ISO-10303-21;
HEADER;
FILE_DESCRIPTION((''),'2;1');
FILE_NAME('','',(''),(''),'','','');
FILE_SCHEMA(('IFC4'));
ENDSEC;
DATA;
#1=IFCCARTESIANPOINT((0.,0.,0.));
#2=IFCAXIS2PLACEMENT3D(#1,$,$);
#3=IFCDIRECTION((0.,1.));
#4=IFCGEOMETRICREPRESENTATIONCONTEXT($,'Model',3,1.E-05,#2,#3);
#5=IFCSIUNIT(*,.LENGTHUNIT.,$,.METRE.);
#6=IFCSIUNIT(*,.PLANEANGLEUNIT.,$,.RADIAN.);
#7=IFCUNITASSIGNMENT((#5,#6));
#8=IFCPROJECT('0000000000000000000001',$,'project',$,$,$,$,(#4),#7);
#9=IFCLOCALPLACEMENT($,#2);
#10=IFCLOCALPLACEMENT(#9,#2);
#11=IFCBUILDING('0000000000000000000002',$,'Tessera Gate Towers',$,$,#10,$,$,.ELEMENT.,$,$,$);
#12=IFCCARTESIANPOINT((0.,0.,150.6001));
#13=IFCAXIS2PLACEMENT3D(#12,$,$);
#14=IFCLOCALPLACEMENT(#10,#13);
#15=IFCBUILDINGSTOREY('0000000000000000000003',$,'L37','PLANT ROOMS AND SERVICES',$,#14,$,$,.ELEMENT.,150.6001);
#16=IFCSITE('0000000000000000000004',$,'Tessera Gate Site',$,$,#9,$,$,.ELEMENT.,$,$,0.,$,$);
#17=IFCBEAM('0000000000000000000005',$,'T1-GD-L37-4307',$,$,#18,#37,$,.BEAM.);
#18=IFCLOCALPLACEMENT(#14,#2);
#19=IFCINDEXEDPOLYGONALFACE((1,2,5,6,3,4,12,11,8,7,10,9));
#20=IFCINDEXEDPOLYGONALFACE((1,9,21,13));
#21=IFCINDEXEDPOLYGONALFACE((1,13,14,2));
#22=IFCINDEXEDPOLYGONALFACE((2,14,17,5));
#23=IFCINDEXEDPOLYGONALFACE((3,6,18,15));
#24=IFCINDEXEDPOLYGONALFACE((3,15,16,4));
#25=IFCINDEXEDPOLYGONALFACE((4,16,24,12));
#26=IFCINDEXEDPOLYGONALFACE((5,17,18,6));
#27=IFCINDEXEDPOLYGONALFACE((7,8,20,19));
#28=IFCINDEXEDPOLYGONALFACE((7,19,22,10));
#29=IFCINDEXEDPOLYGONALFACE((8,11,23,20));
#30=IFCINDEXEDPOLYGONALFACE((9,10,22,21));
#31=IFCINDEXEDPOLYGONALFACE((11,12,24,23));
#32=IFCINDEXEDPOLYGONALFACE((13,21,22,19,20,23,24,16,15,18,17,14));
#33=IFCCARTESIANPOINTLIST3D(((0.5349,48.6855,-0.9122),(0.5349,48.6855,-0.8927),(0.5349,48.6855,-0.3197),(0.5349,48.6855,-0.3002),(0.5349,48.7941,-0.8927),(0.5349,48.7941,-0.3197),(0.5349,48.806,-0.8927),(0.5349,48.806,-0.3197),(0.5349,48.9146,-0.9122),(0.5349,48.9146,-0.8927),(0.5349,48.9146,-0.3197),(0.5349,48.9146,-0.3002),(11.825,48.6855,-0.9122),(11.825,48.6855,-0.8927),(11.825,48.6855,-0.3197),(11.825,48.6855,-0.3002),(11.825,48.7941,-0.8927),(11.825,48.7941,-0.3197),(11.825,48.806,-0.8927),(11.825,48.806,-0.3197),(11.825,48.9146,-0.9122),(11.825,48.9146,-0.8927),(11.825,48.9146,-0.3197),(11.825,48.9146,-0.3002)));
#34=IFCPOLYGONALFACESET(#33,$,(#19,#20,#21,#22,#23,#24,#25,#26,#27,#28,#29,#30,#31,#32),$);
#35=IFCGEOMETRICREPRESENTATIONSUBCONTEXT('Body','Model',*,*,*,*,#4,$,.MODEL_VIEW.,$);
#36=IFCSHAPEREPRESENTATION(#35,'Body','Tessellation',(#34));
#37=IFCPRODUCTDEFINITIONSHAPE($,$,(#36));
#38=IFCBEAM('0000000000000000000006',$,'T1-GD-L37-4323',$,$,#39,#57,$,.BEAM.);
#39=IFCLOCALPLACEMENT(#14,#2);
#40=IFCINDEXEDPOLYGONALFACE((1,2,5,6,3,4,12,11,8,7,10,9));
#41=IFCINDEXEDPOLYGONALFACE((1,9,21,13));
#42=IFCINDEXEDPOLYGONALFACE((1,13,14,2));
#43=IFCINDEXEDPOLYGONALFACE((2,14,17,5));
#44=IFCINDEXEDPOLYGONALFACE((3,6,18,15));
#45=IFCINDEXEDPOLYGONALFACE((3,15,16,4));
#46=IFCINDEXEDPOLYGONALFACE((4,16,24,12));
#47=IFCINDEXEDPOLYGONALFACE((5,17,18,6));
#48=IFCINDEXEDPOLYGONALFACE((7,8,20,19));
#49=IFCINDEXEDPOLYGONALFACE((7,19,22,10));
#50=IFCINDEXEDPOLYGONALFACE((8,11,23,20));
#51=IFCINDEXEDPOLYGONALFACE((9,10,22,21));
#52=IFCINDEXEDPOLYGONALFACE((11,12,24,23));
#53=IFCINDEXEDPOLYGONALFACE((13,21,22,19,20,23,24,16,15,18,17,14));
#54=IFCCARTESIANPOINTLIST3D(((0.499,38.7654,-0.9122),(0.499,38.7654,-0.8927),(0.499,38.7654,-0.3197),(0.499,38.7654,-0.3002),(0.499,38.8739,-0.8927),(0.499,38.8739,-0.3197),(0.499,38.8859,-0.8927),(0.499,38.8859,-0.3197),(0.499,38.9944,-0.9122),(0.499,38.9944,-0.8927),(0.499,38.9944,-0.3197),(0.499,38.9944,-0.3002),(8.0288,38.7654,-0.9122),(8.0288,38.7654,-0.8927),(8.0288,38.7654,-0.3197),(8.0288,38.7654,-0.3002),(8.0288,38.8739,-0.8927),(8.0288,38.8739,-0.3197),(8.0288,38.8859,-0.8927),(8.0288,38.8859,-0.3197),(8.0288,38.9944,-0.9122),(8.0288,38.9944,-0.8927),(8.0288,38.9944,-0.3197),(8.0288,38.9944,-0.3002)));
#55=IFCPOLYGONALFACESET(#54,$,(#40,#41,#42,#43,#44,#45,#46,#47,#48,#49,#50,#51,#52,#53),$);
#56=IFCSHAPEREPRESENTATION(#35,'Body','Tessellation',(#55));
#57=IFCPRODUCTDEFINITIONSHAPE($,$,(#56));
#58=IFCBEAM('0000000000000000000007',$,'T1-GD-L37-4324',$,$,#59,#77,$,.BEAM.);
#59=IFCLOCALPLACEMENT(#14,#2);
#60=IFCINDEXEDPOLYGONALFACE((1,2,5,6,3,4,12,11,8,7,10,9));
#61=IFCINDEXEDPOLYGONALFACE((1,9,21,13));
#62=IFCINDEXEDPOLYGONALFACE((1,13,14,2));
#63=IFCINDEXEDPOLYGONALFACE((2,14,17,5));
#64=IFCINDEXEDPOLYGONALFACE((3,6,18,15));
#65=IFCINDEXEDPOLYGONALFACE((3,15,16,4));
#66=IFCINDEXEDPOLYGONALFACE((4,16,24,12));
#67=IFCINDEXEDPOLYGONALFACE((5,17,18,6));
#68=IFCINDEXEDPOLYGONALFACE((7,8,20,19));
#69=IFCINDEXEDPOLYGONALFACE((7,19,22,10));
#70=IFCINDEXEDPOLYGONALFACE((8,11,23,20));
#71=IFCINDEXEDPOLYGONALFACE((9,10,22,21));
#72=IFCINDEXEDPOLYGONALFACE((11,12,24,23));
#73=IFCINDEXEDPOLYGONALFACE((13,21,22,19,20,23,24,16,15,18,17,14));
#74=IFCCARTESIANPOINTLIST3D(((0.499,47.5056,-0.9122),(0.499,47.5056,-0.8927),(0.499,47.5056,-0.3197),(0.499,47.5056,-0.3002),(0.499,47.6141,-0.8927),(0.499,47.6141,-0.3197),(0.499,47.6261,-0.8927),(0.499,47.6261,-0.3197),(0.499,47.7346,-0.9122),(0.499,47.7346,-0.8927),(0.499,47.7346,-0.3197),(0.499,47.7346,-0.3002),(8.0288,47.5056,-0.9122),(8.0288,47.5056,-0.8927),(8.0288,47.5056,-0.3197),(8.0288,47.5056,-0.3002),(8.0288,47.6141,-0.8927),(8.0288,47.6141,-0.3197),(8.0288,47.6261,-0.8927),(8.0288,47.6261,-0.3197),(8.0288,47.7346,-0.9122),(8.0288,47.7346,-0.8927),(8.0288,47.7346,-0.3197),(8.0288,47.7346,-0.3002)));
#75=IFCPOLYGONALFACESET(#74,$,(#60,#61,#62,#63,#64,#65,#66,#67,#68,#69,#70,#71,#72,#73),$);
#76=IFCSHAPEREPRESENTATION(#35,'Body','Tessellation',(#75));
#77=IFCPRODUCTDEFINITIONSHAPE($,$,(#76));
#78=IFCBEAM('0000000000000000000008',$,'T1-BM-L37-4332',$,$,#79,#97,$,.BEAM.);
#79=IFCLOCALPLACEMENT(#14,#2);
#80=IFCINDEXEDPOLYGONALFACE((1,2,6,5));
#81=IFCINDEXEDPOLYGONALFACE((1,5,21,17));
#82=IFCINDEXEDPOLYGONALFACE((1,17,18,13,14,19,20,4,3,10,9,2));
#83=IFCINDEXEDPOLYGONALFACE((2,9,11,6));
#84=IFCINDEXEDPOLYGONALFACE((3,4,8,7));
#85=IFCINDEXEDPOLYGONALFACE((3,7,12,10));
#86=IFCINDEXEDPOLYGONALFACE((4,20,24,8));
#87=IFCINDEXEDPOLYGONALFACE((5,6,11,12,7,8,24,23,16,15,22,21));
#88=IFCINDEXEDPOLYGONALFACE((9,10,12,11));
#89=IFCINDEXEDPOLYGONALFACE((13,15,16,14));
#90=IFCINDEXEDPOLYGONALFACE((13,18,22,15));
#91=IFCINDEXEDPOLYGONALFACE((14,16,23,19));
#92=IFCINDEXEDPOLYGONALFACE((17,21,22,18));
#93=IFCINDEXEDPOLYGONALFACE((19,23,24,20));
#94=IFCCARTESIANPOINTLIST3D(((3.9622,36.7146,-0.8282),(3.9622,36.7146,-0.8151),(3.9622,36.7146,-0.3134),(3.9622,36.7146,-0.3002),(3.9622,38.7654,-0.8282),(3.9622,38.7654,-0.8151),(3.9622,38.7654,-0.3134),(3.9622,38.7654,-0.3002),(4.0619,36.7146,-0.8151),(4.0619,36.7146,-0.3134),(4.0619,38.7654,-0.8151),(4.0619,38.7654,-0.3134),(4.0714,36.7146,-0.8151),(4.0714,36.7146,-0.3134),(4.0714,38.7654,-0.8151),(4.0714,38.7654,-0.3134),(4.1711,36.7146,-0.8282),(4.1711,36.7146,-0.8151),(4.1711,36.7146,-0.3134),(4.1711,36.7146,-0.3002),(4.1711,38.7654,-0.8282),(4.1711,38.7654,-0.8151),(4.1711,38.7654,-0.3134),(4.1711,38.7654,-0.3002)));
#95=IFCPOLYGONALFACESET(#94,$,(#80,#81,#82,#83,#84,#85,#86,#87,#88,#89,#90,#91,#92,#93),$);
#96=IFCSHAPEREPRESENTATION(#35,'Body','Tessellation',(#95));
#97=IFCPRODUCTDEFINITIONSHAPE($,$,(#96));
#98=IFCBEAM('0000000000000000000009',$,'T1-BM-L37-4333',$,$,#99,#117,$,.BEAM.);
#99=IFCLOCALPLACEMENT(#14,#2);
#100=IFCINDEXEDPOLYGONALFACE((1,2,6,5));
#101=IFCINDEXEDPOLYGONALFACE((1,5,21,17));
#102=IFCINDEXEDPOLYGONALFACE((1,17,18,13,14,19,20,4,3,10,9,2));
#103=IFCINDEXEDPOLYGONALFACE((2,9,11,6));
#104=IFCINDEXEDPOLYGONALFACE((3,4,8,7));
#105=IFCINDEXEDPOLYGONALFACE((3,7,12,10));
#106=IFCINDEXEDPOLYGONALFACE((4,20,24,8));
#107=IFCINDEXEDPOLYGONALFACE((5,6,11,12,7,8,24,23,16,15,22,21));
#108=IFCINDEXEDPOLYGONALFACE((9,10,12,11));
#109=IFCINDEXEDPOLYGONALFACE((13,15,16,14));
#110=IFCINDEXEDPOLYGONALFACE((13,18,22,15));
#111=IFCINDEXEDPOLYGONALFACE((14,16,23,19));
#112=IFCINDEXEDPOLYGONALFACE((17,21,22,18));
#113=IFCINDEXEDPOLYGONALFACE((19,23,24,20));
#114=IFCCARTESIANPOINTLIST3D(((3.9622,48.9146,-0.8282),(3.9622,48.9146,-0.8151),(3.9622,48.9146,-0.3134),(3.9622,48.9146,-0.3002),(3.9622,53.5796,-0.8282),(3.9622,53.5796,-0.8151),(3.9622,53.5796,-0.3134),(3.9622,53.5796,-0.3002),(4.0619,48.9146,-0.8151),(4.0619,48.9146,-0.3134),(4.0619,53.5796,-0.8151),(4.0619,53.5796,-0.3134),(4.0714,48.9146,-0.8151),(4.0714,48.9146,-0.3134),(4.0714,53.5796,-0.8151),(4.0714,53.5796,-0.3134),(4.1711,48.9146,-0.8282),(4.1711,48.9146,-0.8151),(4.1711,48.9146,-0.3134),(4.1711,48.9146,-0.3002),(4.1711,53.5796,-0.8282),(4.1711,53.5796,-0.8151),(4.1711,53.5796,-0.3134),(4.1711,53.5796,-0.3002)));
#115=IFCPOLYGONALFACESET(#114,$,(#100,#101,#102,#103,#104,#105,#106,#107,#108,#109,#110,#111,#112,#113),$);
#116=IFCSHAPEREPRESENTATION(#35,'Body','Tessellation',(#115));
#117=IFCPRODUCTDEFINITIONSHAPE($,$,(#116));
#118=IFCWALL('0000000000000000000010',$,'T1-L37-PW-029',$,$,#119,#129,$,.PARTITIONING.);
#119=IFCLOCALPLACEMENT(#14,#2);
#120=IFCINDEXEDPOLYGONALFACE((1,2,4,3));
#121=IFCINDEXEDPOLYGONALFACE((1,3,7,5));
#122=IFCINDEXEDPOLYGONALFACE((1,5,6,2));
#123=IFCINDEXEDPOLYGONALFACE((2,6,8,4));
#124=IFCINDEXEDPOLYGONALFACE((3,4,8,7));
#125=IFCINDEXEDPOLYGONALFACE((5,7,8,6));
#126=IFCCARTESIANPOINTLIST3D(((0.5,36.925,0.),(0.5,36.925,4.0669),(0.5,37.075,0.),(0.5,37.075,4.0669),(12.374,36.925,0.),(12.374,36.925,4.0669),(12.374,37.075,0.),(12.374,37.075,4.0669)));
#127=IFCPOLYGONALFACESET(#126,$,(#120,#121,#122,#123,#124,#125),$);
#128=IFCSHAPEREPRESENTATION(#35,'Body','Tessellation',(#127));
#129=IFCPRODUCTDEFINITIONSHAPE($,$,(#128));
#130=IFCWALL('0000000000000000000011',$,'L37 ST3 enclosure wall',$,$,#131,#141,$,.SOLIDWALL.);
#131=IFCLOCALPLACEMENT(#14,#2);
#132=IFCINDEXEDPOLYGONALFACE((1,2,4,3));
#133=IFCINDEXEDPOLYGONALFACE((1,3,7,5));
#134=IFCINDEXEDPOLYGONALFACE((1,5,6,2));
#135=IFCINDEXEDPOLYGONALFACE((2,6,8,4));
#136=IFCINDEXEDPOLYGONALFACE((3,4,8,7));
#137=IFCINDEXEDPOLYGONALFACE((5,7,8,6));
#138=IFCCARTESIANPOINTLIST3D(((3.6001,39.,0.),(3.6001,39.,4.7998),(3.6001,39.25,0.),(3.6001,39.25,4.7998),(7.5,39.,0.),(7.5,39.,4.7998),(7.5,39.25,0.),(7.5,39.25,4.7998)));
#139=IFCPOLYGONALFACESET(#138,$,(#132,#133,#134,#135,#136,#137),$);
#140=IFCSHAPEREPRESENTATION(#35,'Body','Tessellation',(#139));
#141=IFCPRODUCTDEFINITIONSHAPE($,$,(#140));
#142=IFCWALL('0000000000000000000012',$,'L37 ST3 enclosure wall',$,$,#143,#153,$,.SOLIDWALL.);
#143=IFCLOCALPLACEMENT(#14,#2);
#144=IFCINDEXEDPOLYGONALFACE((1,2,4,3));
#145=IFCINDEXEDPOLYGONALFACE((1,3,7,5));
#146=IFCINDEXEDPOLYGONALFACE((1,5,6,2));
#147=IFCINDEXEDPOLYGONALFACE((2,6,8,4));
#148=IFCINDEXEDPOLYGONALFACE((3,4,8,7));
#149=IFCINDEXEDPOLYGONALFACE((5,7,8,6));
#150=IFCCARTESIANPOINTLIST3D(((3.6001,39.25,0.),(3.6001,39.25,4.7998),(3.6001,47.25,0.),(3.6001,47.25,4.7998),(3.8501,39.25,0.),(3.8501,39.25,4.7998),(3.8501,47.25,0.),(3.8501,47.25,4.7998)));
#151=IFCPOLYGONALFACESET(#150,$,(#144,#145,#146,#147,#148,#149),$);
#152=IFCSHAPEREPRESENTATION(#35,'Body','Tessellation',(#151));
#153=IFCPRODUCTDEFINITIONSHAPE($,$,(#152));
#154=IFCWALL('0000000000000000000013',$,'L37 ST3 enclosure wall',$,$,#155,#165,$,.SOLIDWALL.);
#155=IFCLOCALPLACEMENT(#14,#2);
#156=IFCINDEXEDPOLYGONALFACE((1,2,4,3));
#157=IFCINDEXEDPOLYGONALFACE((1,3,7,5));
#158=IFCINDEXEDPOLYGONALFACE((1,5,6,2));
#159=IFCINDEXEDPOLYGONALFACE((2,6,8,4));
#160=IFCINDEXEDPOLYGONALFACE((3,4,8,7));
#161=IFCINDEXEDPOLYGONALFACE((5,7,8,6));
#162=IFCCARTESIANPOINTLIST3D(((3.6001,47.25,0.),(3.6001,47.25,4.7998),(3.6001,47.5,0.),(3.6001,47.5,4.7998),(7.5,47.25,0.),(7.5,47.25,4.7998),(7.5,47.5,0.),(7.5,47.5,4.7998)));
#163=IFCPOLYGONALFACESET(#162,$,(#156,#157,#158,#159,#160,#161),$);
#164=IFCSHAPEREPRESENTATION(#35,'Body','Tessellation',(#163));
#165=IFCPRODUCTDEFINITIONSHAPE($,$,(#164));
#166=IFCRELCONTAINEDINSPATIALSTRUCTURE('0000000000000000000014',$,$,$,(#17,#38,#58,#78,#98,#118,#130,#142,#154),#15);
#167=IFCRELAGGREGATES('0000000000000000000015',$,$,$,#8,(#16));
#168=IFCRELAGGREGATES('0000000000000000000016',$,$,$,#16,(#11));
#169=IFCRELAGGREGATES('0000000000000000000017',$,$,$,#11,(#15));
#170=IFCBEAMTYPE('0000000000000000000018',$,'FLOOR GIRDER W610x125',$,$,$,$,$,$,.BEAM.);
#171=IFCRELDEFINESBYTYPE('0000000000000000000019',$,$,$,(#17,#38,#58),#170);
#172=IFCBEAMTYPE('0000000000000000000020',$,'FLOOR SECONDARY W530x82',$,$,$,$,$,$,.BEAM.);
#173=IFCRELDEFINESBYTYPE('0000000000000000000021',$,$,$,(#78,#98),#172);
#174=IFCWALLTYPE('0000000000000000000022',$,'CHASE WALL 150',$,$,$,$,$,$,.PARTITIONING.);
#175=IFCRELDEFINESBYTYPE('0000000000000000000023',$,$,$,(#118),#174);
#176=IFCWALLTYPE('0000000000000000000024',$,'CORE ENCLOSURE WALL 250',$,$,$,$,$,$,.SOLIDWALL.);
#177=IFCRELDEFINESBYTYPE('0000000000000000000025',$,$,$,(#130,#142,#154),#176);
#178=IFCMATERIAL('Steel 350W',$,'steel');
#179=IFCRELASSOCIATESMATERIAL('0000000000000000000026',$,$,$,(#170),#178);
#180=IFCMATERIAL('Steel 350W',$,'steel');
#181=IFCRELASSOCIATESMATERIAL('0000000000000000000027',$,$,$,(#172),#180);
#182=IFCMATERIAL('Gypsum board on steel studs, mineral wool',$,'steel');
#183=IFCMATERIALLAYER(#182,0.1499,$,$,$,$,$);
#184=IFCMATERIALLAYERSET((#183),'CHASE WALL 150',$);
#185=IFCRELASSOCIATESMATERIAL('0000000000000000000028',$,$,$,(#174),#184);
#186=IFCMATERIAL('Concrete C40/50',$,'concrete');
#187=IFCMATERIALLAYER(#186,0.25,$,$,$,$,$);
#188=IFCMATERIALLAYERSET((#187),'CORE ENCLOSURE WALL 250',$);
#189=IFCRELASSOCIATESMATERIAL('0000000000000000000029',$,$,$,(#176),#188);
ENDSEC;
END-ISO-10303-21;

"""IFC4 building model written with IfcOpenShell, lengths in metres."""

from ifc_helpers import new_model, si_unit, direction, frame, frame_2d, origin, origin_2d, place, context, subcontext, project, spatial, rectangle, i_section, extrude, material, layer, layer_set, material_profile, profile_set, type_object, element, save


model = new_model("IFC4")

# Units and contexts
model_context = context("Model", 3, precision=1e-05, world=origin(), true_north=direction((0.0, 1.0)))
body_context = subcontext(model_context, "Body", "Model", "MODEL_VIEW")
ifc_project = project(units=[si_unit("LENGTHUNIT", "METRE"), si_unit("PLANEANGLEUNIT", "RADIAN")], contexts=[model_context])

# Site, building, storey
site_placement = place(None, origin())
site = spatial("IfcSite", under=ifc_project, at=site_placement, Name="Tessera Gate Site", CompositionType="ELEMENT", RefElevation=0.0)
building_placement = place(site_placement, origin())
building = spatial("IfcBuilding", under=site, at=building_placement, Name="Tessera Gate Towers", CompositionType="ELEMENT")
storey_placement = place(building_placement, frame((0.0, 0.0, 150.6001)))
storey = spatial("IfcBuildingStorey", under=building, at=storey_placement, Name="L37", Description="PLANT ROOMS AND SERVICES", CompositionType="ELEMENT", Elevation=150.6001)

# Beams
ifc_material_1 = material(Name="Steel 350W", Category="steel")
ifc_material_profile_1 = material_profile(ifc_material_1, i_section(OverallWidth=0.229, OverallDepth=0.6121, WebThickness=0.012, FlangeThickness=0.0195, at=origin_2d()), Name="W610x125")
ifc_profile_set_1 = profile_set([ifc_material_profile_1], Name="Steel 350W")
beam_type_1 = type_object("IfcBeamType", Name="FLOOR GIRDER W610x125", PredefinedType="BEAM", material=ifc_profile_set_1)
beam_1_placement = place(storey_placement, frame((0.5349, 48.8, -0.6062), z_axis=(1.0, 0.0, 0.0), x_axis=(0.0, 1.0, 0.0)))
element("IfcBeam", 1, at=beam_1_placement, inside=storey, type_object=beam_type_1, Name="T1-GD-L37-4307", PredefinedType="BEAM", context=body_context, shape_type="SweptSolid", body=[
    extrude(i_section(OverallWidth=0.229, OverallDepth=0.6121, WebThickness=0.012, FlangeThickness=0.0195, at=origin_2d()), origin(), (0.0, 0.0, 1.0), 11.29),
])
for number, where, z_axis, x_axis, name in (
    (2, (0.499, 38.8799, -0.6062), (1.0, 0.0, 0.0), (0.0, 1.0, 0.0), "T1-GD-L37-4323"),
    (3, (0.499, 47.6201, -0.6062), (1.0, 0.0, 0.0), (0.0, 1.0, 0.0), "T1-GD-L37-4324"),
):
    element("IfcBeam", number, at=place(storey_placement, frame(where, z_axis=z_axis, x_axis=x_axis)), inside=storey, type_object=beam_type_1, Name=name, PredefinedType="BEAM", context=body_context, shape_type="SweptSolid", body=[
        extrude(i_section(OverallWidth=0.229, OverallDepth=0.6121, WebThickness=0.012, FlangeThickness=0.0195, at=origin_2d()), origin(), (0.0, 0.0, 1.0), 7.5298),
    ])
ifc_material_2 = material(Name="Steel 350W", Category="steel")
ifc_material_profile_2 = material_profile(ifc_material_2, i_section(OverallWidth=0.209, OverallDepth=0.5281, WebThickness=0.0095, FlangeThickness=0.0132, at=origin_2d()), Name="W530x82")
ifc_profile_set_2 = profile_set([ifc_material_profile_2], Name="Steel 350W")
beam_type_2 = type_object("IfcBeamType", Name="FLOOR SECONDARY W530x82", PredefinedType="BEAM", material=ifc_profile_set_2)
beam_2_placement = place(storey_placement, frame((4.0667, 36.7146, -0.5642), z_axis=(0.0, 1.0, 0.0), x_axis=(-1.0, 0.0, 0.0)))
element("IfcBeam", 4, at=beam_2_placement, inside=storey, type_object=beam_type_2, Name="T1-BM-L37-4332", PredefinedType="BEAM", context=body_context, shape_type="SweptSolid", body=[
    extrude(i_section(OverallWidth=0.209, OverallDepth=0.5281, WebThickness=0.0095, FlangeThickness=0.0132, at=origin_2d()), origin(), (0.0, 0.0, 1.0), 2.0508),
])
beam_3_placement = place(storey_placement, frame((4.0667, 48.9146, -0.5642), z_axis=(0.0, 1.0, 0.0), x_axis=(-1.0, 0.0, 0.0)))
element("IfcBeam", 5, at=beam_3_placement, inside=storey, type_object=beam_type_2, Name="T1-BM-L37-4333", PredefinedType="BEAM", context=body_context, shape_type="SweptSolid", body=[
    extrude(i_section(OverallWidth=0.209, OverallDepth=0.5281, WebThickness=0.0095, FlangeThickness=0.0132, at=origin_2d()), origin(), (0.0, 0.0, 1.0), 4.665),
])

# Walls
ifc_material_3 = material(Name="Gypsum board on steel studs, mineral wool", Category="steel")
ifc_layer_1 = layer(ifc_material_3, 0.1499)
ifc_layer_set_1 = layer_set([ifc_layer_1], Name="CHASE WALL 150")
wall_type_1 = type_object("IfcWallType", Name="CHASE WALL 150", PredefinedType="PARTITIONING", material=ifc_layer_set_1)
wall_1_placement = place(storey_placement, frame((0.5, 37.0, 0.0), z_axis=(0.0, 0.0, 1.0), x_axis=(1.0, 0.0, 0.0)))
element("IfcWall", 6, at=wall_1_placement, inside=storey, type_object=wall_type_1, Name="T1-L37-PW-029", PredefinedType="PARTITIONING", context=body_context, shape_type="SweptSolid", body=[
    extrude(rectangle(XDim=11.874, YDim=0.1499, at=frame_2d((5.937, 0.0))), origin(), (0.0, 0.0, 1.0), 4.0669),
])
ifc_material_4 = material(Name="Concrete C40/50", Category="concrete")
ifc_layer_2 = layer(ifc_material_4, 0.25)
ifc_layer_set_2 = layer_set([ifc_layer_2], Name="CORE ENCLOSURE WALL 250")
wall_type_2 = type_object("IfcWallType", Name="CORE ENCLOSURE WALL 250", PredefinedType="SOLIDWALL", material=ifc_layer_set_2)
wall_2_placement = place(storey_placement, frame((7.5, 39.125, 0.0), z_axis=(0.0, 0.0, 1.0), x_axis=(-1.0, 0.0, 0.0)))
element("IfcWall", 7, at=wall_2_placement, inside=storey, type_object=wall_type_2, Name="L37 ST3 enclosure wall", PredefinedType="SOLIDWALL", context=body_context, shape_type="SweptSolid", body=[
    extrude(rectangle(XDim=3.8999, YDim=0.25, at=frame_2d((1.95, 0.0))), origin(), (0.0, 0.0, 1.0), 4.7998),
])
wall_3_placement = place(storey_placement, frame((3.7251, 39.25, 0.0), z_axis=(0.0, 0.0, 1.0), x_axis=(0.0, 1.0, 0.0)))
element("IfcWall", 8, at=wall_3_placement, inside=storey, type_object=wall_type_2, Name="L37 ST3 enclosure wall", PredefinedType="SOLIDWALL", context=body_context, shape_type="SweptSolid", body=[
    extrude(rectangle(XDim=8.0, YDim=0.25, at=frame_2d((4.0, 0.0))), origin(), (0.0, 0.0, 1.0), 4.7998),
])
wall_4_placement = place(storey_placement, frame((3.6001, 47.375, 0.0), z_axis=(0.0, 0.0, 1.0), x_axis=(1.0, 0.0, 0.0)))
element("IfcWall", 9, at=wall_4_placement, inside=storey, type_object=wall_type_2, Name="L37 ST3 enclosure wall", PredefinedType="SOLIDWALL", context=body_context, shape_type="SweptSolid", body=[
    extrude(rectangle(XDim=3.8999, YDim=0.25, at=frame_2d((1.95, 0.0))), origin(), (0.0, 0.0, 1.0), 4.7998),
])

save(model, "model.ifc")
